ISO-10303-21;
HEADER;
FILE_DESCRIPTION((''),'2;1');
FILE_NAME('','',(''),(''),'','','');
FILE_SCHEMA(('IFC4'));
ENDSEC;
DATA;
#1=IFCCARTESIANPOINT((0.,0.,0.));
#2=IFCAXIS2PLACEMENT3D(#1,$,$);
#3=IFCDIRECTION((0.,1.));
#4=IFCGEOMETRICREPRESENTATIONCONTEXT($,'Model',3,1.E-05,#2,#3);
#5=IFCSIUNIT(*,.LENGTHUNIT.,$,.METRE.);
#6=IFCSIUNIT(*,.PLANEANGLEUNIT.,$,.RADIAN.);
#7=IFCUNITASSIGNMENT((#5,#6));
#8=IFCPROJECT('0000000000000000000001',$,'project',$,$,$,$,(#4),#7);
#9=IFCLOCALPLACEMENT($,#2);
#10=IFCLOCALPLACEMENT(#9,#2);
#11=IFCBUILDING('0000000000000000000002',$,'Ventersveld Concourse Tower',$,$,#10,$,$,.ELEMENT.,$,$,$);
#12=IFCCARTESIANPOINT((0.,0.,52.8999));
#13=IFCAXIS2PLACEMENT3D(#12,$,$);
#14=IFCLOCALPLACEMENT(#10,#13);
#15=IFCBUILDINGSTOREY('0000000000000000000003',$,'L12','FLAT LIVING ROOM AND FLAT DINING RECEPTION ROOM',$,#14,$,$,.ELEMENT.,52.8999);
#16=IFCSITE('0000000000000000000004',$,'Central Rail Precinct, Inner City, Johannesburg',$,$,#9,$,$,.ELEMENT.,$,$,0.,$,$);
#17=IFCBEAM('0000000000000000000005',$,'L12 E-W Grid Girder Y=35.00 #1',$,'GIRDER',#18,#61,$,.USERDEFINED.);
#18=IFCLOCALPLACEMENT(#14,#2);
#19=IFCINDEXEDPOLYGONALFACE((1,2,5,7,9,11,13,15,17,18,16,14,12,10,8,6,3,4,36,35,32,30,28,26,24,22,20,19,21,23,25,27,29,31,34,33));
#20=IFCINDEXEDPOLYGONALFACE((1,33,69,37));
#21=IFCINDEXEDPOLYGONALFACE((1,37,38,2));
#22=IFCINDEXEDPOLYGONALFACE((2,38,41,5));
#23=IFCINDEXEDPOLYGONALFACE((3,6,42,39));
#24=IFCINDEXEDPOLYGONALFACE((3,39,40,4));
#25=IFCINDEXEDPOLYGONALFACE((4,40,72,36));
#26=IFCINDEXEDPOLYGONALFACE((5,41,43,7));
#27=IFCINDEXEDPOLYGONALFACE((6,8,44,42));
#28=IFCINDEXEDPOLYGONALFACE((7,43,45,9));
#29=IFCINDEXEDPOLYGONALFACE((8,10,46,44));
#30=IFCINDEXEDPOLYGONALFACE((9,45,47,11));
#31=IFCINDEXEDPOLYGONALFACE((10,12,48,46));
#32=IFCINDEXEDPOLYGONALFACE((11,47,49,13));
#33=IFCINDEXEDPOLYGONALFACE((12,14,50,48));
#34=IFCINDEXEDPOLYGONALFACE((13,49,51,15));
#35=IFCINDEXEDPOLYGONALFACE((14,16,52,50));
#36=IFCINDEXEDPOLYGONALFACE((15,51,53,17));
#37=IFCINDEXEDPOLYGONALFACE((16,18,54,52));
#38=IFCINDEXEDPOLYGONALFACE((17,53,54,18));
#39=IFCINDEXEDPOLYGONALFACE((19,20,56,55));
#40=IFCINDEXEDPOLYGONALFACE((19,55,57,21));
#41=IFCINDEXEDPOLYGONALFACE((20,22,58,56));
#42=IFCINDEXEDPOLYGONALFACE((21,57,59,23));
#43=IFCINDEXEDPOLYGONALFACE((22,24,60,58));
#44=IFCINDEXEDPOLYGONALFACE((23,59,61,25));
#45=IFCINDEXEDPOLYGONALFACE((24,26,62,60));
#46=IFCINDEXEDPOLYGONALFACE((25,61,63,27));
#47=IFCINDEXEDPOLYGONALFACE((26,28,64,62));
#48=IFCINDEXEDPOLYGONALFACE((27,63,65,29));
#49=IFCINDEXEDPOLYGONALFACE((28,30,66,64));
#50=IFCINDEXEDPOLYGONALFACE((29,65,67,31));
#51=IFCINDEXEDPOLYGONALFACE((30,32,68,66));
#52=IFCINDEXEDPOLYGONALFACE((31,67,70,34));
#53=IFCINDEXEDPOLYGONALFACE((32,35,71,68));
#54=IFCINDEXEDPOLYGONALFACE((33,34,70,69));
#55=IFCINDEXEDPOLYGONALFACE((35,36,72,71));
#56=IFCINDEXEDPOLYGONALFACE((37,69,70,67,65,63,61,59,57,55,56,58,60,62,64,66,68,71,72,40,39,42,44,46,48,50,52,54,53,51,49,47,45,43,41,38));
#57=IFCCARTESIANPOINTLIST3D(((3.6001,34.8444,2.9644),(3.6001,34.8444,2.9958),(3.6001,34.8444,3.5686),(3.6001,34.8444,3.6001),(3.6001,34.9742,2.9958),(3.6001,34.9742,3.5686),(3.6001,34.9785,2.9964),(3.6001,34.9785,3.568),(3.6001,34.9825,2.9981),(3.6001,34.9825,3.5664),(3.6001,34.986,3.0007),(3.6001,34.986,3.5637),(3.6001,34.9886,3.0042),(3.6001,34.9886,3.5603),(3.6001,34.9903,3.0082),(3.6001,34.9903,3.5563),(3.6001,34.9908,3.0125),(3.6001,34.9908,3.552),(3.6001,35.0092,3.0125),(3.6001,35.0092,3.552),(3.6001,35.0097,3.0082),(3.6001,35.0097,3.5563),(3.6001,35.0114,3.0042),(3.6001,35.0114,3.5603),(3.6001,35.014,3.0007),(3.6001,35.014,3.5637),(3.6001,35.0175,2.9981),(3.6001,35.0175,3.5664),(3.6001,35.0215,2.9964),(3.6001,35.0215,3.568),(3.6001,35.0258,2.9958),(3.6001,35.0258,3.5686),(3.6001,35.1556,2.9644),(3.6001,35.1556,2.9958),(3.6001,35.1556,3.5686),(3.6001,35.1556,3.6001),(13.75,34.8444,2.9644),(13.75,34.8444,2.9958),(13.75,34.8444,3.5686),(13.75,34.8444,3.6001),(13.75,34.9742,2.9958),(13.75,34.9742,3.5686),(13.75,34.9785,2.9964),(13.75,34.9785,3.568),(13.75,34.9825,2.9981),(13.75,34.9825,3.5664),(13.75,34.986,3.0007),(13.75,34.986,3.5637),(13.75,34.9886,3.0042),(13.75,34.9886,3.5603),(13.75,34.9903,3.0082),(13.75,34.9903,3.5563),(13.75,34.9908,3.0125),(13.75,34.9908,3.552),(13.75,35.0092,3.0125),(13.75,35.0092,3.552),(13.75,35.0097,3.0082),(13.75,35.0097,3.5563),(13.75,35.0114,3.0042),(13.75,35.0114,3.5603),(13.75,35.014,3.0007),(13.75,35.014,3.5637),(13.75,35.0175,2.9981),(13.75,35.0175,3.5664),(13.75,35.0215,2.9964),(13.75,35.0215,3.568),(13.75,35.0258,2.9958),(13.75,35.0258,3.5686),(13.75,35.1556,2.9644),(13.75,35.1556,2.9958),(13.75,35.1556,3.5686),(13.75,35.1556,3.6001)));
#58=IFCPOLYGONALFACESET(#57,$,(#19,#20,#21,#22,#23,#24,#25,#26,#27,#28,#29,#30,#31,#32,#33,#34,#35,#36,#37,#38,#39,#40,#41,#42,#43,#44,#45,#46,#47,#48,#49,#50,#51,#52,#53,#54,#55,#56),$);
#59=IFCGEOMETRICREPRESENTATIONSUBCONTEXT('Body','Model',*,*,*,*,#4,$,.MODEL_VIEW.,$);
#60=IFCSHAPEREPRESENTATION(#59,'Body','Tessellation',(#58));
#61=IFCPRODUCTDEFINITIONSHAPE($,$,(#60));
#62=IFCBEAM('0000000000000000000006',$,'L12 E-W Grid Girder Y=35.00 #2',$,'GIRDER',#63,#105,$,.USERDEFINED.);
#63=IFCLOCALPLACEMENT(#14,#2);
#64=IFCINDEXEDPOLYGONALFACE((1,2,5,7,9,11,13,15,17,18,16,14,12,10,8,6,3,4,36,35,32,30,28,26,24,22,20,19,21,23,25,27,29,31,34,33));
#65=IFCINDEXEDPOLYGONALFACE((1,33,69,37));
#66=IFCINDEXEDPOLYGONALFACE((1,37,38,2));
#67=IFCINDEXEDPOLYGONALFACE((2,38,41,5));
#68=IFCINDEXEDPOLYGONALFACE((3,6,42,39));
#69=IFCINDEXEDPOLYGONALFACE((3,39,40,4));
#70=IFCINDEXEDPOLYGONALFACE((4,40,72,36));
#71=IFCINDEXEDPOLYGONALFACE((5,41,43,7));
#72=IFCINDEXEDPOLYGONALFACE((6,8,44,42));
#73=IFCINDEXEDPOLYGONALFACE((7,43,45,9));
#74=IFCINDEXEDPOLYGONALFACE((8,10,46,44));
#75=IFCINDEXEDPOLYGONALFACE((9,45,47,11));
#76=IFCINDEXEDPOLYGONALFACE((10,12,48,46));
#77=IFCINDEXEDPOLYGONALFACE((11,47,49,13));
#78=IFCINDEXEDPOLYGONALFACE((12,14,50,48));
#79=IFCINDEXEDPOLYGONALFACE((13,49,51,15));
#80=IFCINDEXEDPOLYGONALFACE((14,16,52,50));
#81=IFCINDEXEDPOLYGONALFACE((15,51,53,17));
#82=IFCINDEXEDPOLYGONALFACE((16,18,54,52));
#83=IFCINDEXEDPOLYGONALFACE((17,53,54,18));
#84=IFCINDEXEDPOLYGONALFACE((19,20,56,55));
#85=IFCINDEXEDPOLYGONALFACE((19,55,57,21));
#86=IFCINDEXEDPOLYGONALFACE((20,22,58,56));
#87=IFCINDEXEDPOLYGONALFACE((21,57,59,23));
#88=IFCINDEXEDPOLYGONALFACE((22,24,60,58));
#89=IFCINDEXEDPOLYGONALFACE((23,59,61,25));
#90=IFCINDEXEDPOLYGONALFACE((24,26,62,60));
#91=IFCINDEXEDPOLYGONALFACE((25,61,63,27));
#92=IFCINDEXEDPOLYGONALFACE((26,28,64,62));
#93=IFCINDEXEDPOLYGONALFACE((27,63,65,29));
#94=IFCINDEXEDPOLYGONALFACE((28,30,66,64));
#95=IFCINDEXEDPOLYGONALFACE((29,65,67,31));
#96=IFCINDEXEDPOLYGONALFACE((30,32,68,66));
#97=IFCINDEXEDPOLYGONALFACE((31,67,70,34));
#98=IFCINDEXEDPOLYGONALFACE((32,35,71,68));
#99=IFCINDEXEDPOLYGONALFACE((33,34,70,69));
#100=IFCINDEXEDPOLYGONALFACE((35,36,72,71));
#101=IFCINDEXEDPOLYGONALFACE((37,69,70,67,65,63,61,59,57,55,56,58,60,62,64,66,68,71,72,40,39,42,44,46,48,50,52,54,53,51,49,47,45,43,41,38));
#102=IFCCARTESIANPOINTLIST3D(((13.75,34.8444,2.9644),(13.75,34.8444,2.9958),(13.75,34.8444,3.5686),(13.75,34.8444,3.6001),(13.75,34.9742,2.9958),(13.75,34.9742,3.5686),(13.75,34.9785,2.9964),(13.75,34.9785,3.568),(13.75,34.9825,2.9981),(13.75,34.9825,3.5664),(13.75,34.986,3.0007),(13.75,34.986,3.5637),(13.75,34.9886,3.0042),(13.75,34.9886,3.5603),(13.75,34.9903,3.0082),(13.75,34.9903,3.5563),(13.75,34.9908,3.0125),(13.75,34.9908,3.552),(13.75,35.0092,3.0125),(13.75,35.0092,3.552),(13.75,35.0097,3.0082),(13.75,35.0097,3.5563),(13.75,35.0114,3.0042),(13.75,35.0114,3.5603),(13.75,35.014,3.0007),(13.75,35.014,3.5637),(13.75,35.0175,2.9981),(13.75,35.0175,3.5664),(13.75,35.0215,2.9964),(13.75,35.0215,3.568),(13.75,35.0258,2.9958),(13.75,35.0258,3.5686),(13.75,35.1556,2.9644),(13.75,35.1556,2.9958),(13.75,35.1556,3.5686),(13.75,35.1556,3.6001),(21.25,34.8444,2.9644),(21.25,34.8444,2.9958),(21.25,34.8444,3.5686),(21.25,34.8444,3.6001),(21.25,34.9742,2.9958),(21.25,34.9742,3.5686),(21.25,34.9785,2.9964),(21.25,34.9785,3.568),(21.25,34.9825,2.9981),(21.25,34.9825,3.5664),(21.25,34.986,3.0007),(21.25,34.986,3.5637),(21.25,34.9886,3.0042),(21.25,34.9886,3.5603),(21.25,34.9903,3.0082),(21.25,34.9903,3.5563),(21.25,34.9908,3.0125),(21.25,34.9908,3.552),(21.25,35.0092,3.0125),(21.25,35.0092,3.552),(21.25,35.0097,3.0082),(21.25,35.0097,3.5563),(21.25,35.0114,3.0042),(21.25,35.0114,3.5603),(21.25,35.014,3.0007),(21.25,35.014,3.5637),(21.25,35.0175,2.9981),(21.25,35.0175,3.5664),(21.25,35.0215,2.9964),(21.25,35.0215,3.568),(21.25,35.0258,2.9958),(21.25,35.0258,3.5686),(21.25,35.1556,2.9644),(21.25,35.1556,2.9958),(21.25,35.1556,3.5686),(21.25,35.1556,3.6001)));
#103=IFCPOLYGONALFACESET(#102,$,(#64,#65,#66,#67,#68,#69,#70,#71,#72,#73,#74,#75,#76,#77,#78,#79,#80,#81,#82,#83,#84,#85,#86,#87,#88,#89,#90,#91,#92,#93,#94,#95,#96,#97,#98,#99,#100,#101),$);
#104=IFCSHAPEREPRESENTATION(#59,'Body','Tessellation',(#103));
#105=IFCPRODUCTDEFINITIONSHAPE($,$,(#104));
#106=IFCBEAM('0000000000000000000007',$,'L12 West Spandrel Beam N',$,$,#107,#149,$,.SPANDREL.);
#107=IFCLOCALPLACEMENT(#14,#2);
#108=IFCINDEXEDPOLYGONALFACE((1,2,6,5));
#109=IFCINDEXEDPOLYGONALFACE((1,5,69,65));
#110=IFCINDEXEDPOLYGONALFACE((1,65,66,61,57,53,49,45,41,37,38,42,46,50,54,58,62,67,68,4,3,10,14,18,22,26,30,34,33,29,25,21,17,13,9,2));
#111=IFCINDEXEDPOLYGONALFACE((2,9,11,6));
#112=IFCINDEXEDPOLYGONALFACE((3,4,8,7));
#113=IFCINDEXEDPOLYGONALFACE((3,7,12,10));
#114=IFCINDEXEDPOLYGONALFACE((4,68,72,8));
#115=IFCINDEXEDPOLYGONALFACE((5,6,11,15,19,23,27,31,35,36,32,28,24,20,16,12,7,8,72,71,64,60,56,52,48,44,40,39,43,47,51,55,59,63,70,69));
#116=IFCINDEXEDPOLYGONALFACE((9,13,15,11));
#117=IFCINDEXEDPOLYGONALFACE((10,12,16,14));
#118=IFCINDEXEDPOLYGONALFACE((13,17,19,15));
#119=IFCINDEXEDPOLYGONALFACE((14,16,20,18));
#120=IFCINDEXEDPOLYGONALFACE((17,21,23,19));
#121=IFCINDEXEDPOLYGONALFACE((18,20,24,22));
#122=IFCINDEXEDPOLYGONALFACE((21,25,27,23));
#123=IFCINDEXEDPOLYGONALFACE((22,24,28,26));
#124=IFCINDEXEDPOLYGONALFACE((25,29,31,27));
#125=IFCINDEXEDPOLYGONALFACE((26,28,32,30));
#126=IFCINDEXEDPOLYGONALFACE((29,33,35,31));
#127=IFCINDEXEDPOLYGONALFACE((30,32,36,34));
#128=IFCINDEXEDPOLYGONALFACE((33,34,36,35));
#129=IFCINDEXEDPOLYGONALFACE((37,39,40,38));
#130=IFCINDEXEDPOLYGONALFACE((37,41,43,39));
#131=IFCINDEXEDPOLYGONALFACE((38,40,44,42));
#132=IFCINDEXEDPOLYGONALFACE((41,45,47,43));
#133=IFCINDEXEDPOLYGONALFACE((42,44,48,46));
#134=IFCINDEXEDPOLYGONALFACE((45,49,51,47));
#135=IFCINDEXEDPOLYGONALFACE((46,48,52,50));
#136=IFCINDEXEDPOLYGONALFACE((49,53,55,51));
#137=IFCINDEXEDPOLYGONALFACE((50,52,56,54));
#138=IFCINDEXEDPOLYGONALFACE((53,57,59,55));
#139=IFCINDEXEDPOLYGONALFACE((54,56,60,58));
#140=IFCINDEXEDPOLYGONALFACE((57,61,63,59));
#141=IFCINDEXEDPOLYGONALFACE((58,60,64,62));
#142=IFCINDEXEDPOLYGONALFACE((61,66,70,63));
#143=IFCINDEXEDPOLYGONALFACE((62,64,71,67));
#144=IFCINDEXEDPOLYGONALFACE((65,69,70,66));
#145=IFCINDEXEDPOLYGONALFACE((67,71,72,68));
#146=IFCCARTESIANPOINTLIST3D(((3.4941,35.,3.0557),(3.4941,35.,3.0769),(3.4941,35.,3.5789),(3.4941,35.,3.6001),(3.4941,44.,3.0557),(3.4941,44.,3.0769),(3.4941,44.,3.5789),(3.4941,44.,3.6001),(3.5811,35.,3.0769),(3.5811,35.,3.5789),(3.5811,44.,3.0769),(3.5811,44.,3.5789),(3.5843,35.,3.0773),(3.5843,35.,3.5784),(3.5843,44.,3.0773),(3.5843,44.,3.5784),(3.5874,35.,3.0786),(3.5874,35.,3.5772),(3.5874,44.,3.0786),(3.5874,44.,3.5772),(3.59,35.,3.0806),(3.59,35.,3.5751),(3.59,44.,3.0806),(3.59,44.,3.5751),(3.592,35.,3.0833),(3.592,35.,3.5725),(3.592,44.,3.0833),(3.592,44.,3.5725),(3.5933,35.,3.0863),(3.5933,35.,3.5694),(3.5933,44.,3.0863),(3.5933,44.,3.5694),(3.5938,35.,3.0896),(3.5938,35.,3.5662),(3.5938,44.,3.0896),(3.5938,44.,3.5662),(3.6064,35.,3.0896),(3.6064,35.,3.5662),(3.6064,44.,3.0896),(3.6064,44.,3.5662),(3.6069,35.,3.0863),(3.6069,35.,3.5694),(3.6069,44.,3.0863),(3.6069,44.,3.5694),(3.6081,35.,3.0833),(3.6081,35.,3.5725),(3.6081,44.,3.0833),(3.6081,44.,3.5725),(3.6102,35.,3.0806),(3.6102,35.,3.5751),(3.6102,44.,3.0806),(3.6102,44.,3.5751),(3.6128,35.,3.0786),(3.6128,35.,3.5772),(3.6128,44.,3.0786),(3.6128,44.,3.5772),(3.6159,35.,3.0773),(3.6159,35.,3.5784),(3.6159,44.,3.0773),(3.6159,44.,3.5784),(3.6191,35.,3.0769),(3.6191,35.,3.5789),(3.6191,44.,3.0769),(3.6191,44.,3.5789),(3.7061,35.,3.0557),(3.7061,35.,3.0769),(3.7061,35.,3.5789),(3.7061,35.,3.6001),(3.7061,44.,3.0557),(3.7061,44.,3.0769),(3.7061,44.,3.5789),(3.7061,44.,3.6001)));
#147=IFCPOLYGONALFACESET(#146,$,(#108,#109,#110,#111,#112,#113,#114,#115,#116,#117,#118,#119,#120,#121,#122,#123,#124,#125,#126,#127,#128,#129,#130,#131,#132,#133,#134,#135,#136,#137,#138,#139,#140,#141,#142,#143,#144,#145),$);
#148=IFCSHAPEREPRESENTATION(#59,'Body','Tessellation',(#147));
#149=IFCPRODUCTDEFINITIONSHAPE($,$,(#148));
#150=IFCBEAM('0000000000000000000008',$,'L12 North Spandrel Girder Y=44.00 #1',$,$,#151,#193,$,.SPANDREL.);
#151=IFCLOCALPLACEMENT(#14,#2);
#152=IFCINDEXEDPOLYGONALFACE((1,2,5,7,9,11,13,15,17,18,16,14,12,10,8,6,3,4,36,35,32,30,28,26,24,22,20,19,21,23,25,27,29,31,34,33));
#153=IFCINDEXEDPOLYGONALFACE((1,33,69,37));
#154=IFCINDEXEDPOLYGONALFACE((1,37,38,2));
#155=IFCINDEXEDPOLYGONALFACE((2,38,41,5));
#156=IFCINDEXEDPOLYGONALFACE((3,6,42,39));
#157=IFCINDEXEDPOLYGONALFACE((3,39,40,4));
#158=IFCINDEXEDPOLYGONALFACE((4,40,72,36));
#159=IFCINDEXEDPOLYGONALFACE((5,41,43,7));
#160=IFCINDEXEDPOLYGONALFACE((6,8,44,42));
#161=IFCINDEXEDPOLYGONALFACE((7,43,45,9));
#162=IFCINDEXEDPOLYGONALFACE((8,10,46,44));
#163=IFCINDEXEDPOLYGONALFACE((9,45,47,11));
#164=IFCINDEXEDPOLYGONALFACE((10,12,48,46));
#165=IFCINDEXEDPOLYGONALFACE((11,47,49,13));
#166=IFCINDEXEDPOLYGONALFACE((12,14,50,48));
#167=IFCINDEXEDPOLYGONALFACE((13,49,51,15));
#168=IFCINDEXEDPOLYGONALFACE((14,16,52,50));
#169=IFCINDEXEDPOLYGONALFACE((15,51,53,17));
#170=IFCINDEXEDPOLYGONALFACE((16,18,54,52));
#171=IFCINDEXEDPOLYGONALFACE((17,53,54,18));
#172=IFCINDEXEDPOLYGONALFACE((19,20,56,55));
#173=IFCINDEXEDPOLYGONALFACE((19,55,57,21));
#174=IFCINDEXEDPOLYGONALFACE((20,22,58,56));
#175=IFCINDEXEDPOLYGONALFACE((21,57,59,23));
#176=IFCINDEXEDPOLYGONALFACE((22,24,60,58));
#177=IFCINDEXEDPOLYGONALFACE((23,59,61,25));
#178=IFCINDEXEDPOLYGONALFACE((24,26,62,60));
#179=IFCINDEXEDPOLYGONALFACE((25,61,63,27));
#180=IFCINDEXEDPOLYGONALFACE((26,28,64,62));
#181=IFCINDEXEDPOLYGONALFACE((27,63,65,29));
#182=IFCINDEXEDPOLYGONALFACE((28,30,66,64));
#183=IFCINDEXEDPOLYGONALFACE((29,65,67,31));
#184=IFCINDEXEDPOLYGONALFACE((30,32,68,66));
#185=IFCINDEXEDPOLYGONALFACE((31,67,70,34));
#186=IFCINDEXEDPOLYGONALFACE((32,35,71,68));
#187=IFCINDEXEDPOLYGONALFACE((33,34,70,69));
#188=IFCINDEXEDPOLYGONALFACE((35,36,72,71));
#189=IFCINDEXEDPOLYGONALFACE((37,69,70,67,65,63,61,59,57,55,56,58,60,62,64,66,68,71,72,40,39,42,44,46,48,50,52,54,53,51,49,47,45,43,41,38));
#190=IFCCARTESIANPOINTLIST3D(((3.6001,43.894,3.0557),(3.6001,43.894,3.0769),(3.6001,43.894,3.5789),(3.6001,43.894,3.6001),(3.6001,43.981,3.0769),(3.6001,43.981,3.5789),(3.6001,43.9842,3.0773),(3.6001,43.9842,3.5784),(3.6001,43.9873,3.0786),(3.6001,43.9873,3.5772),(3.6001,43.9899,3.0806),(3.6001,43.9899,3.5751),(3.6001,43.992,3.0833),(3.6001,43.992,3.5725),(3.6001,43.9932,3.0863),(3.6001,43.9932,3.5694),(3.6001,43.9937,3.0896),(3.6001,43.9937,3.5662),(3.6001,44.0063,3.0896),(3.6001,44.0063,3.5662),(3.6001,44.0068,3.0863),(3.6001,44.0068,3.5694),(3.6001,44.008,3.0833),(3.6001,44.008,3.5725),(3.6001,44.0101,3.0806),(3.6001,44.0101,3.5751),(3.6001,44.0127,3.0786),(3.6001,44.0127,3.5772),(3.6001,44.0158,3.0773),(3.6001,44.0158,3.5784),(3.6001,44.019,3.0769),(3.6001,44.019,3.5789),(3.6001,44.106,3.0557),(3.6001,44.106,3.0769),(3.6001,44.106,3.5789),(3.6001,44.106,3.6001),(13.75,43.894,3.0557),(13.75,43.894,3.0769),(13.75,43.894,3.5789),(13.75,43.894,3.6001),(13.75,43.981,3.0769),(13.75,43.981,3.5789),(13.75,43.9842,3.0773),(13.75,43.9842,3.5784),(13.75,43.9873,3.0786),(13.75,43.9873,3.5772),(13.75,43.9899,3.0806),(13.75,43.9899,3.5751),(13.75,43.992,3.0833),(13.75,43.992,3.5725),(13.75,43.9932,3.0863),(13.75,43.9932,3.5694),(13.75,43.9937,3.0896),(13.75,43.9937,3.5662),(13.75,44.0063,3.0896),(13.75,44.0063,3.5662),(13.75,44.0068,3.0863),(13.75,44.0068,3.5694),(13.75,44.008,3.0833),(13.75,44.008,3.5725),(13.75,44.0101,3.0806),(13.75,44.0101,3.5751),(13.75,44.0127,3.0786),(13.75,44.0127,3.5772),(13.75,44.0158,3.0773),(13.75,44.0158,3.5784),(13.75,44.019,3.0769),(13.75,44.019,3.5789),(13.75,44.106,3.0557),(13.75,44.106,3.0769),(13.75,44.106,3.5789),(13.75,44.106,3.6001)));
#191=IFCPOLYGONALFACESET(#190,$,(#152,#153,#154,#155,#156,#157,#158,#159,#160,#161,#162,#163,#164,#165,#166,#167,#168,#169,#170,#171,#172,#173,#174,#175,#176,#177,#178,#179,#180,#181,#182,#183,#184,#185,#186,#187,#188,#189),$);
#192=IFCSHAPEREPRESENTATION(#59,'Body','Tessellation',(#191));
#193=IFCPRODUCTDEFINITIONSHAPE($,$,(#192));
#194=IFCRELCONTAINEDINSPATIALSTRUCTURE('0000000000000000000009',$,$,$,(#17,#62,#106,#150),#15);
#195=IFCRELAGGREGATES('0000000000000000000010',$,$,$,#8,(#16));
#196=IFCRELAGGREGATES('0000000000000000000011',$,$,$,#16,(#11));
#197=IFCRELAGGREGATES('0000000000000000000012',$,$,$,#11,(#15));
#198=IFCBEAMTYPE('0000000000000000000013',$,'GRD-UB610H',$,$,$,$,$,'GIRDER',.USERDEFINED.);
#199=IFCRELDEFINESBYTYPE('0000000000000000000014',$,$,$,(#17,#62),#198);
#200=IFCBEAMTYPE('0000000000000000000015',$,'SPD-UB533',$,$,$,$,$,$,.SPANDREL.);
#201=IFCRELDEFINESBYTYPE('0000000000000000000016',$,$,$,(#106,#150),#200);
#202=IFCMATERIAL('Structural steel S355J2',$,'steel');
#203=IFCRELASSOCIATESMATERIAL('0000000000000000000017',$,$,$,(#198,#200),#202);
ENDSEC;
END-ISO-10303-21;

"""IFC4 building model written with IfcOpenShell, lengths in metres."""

from ifc_helpers import new_model, si_unit, direction, frame, origin, origin_2d, place, context, subcontext, project, spatial, i_section, extrude, material, material_profile, profile_set, type_object, element, save


model = new_model("IFC4")

# Units and contexts
model_context = context("Model", 3, precision=1e-05, world=origin(), true_north=direction((0.0, 1.0)))
body_context = subcontext(model_context, "Body", "Model", "MODEL_VIEW")
ifc_project = project(units=[si_unit("LENGTHUNIT", "METRE"), si_unit("PLANEANGLEUNIT", "RADIAN")], contexts=[model_context])

# Site, building, storey
site_placement = place(None, origin())
site = spatial("IfcSite", under=ifc_project, at=site_placement, Name="Central Rail Precinct, Inner City, Johannesburg", CompositionType="ELEMENT", RefElevation=0.0)
building_placement = place(site_placement, origin())
building = spatial("IfcBuilding", under=site, at=building_placement, Name="Ventersveld Concourse Tower", CompositionType="ELEMENT")
storey_placement = place(building_placement, frame((0.0, 0.0, 52.8999)))
storey = spatial("IfcBuildingStorey", under=building, at=storey_placement, Name="L12", Description="FLAT LIVING ROOM AND FLAT DINING RECEPTION ROOM", CompositionType="ELEMENT", Elevation=52.8999)

# Beams
ifc_material_1 = material(Name="Structural steel S355J2", Category="steel")
ifc_material_profile_1 = material_profile(ifc_material_1, i_section(OverallWidth=0.3113, OverallDepth=0.6357, WebThickness=0.0183, FlangeThickness=0.0315, FilletRadius=0.0166, at=origin_2d()), Name="UB 610x305x238")
ifc_profile_set_1 = profile_set([ifc_material_profile_1], Name="Structural steel S355J2")
beam_type_1 = type_object("IfcBeamType", Name="GRD-UB610H", ElementType="GIRDER", PredefinedType="USERDEFINED", material=ifc_profile_set_1)
beam_1_placement = place(storey_placement, frame((3.6001, 35.0, 3.2822), z_axis=(1.0, 0.0, 0.0), x_axis=(0.0, 1.0, 0.0)))
element("IfcBeam", 1, at=beam_1_placement, inside=storey, type_object=beam_type_1, Name="L12 E-W Grid Girder Y=35.00 #1", ObjectType="GIRDER", PredefinedType="USERDEFINED", context=body_context, shape_type="SweptSolid", body=[
    extrude(i_section(OverallWidth=0.3113, OverallDepth=0.6357, WebThickness=0.0183, FlangeThickness=0.0315, FilletRadius=0.0166, at=origin_2d()), origin(), (0.0, 0.0, 1.0), 10.1499),
])
beam_2_placement = place(storey_placement, frame((13.75, 35.0, 3.2822), z_axis=(1.0, 0.0, 0.0), x_axis=(0.0, 1.0, 0.0)))
element("IfcBeam", 2, at=beam_2_placement, inside=storey, type_object=beam_type_1, Name="L12 E-W Grid Girder Y=35.00 #2", ObjectType="GIRDER", PredefinedType="USERDEFINED", context=body_context, shape_type="SweptSolid", body=[
    extrude(i_section(OverallWidth=0.3113, OverallDepth=0.6357, WebThickness=0.0183, FlangeThickness=0.0315, FilletRadius=0.0166, at=origin_2d()), origin(), (0.0, 0.0, 1.0), 7.5),
])
ifc_material_profile_2 = material_profile(ifc_material_1, i_section(OverallWidth=0.2119, OverallDepth=0.5444, WebThickness=0.0127, FlangeThickness=0.0212, FilletRadius=0.0127, at=origin_2d()), Name="UB 533x210x122")
ifc_profile_set_2 = profile_set([ifc_material_profile_2], Name="Structural steel S355J2")
beam_type_2 = type_object("IfcBeamType", Name="SPD-UB533", PredefinedType="SPANDREL", material=ifc_profile_set_2)
beam_3_placement = place(storey_placement, frame((3.6001, 35.0, 3.3279), z_axis=(0.0, 1.0, 0.0), x_axis=(-1.0, 0.0, 0.0)))
element("IfcBeam", 3, at=beam_3_placement, inside=storey, type_object=beam_type_2, Name="L12 West Spandrel Beam N", PredefinedType="SPANDREL", context=body_context, shape_type="SweptSolid", body=[
    extrude(i_section(OverallWidth=0.2119, OverallDepth=0.5444, WebThickness=0.0127, FlangeThickness=0.0212, FilletRadius=0.0127, at=origin_2d()), origin(), (0.0, 0.0, 1.0), 9.0),
])
beam_4_placement = place(storey_placement, frame((3.6001, 44.0, 3.3279), z_axis=(1.0, 0.0, 0.0), x_axis=(0.0, 1.0, 0.0)))
element("IfcBeam", 4, at=beam_4_placement, inside=storey, type_object=beam_type_2, Name="L12 North Spandrel Girder Y=44.00 #1", PredefinedType="SPANDREL", context=body_context, shape_type="SweptSolid", body=[
    extrude(i_section(OverallWidth=0.2119, OverallDepth=0.5444, WebThickness=0.0127, FlangeThickness=0.0212, FilletRadius=0.0127, at=origin_2d()), origin(), (0.0, 0.0, 1.0), 10.1499),
])

save(model, "model.ifc")
